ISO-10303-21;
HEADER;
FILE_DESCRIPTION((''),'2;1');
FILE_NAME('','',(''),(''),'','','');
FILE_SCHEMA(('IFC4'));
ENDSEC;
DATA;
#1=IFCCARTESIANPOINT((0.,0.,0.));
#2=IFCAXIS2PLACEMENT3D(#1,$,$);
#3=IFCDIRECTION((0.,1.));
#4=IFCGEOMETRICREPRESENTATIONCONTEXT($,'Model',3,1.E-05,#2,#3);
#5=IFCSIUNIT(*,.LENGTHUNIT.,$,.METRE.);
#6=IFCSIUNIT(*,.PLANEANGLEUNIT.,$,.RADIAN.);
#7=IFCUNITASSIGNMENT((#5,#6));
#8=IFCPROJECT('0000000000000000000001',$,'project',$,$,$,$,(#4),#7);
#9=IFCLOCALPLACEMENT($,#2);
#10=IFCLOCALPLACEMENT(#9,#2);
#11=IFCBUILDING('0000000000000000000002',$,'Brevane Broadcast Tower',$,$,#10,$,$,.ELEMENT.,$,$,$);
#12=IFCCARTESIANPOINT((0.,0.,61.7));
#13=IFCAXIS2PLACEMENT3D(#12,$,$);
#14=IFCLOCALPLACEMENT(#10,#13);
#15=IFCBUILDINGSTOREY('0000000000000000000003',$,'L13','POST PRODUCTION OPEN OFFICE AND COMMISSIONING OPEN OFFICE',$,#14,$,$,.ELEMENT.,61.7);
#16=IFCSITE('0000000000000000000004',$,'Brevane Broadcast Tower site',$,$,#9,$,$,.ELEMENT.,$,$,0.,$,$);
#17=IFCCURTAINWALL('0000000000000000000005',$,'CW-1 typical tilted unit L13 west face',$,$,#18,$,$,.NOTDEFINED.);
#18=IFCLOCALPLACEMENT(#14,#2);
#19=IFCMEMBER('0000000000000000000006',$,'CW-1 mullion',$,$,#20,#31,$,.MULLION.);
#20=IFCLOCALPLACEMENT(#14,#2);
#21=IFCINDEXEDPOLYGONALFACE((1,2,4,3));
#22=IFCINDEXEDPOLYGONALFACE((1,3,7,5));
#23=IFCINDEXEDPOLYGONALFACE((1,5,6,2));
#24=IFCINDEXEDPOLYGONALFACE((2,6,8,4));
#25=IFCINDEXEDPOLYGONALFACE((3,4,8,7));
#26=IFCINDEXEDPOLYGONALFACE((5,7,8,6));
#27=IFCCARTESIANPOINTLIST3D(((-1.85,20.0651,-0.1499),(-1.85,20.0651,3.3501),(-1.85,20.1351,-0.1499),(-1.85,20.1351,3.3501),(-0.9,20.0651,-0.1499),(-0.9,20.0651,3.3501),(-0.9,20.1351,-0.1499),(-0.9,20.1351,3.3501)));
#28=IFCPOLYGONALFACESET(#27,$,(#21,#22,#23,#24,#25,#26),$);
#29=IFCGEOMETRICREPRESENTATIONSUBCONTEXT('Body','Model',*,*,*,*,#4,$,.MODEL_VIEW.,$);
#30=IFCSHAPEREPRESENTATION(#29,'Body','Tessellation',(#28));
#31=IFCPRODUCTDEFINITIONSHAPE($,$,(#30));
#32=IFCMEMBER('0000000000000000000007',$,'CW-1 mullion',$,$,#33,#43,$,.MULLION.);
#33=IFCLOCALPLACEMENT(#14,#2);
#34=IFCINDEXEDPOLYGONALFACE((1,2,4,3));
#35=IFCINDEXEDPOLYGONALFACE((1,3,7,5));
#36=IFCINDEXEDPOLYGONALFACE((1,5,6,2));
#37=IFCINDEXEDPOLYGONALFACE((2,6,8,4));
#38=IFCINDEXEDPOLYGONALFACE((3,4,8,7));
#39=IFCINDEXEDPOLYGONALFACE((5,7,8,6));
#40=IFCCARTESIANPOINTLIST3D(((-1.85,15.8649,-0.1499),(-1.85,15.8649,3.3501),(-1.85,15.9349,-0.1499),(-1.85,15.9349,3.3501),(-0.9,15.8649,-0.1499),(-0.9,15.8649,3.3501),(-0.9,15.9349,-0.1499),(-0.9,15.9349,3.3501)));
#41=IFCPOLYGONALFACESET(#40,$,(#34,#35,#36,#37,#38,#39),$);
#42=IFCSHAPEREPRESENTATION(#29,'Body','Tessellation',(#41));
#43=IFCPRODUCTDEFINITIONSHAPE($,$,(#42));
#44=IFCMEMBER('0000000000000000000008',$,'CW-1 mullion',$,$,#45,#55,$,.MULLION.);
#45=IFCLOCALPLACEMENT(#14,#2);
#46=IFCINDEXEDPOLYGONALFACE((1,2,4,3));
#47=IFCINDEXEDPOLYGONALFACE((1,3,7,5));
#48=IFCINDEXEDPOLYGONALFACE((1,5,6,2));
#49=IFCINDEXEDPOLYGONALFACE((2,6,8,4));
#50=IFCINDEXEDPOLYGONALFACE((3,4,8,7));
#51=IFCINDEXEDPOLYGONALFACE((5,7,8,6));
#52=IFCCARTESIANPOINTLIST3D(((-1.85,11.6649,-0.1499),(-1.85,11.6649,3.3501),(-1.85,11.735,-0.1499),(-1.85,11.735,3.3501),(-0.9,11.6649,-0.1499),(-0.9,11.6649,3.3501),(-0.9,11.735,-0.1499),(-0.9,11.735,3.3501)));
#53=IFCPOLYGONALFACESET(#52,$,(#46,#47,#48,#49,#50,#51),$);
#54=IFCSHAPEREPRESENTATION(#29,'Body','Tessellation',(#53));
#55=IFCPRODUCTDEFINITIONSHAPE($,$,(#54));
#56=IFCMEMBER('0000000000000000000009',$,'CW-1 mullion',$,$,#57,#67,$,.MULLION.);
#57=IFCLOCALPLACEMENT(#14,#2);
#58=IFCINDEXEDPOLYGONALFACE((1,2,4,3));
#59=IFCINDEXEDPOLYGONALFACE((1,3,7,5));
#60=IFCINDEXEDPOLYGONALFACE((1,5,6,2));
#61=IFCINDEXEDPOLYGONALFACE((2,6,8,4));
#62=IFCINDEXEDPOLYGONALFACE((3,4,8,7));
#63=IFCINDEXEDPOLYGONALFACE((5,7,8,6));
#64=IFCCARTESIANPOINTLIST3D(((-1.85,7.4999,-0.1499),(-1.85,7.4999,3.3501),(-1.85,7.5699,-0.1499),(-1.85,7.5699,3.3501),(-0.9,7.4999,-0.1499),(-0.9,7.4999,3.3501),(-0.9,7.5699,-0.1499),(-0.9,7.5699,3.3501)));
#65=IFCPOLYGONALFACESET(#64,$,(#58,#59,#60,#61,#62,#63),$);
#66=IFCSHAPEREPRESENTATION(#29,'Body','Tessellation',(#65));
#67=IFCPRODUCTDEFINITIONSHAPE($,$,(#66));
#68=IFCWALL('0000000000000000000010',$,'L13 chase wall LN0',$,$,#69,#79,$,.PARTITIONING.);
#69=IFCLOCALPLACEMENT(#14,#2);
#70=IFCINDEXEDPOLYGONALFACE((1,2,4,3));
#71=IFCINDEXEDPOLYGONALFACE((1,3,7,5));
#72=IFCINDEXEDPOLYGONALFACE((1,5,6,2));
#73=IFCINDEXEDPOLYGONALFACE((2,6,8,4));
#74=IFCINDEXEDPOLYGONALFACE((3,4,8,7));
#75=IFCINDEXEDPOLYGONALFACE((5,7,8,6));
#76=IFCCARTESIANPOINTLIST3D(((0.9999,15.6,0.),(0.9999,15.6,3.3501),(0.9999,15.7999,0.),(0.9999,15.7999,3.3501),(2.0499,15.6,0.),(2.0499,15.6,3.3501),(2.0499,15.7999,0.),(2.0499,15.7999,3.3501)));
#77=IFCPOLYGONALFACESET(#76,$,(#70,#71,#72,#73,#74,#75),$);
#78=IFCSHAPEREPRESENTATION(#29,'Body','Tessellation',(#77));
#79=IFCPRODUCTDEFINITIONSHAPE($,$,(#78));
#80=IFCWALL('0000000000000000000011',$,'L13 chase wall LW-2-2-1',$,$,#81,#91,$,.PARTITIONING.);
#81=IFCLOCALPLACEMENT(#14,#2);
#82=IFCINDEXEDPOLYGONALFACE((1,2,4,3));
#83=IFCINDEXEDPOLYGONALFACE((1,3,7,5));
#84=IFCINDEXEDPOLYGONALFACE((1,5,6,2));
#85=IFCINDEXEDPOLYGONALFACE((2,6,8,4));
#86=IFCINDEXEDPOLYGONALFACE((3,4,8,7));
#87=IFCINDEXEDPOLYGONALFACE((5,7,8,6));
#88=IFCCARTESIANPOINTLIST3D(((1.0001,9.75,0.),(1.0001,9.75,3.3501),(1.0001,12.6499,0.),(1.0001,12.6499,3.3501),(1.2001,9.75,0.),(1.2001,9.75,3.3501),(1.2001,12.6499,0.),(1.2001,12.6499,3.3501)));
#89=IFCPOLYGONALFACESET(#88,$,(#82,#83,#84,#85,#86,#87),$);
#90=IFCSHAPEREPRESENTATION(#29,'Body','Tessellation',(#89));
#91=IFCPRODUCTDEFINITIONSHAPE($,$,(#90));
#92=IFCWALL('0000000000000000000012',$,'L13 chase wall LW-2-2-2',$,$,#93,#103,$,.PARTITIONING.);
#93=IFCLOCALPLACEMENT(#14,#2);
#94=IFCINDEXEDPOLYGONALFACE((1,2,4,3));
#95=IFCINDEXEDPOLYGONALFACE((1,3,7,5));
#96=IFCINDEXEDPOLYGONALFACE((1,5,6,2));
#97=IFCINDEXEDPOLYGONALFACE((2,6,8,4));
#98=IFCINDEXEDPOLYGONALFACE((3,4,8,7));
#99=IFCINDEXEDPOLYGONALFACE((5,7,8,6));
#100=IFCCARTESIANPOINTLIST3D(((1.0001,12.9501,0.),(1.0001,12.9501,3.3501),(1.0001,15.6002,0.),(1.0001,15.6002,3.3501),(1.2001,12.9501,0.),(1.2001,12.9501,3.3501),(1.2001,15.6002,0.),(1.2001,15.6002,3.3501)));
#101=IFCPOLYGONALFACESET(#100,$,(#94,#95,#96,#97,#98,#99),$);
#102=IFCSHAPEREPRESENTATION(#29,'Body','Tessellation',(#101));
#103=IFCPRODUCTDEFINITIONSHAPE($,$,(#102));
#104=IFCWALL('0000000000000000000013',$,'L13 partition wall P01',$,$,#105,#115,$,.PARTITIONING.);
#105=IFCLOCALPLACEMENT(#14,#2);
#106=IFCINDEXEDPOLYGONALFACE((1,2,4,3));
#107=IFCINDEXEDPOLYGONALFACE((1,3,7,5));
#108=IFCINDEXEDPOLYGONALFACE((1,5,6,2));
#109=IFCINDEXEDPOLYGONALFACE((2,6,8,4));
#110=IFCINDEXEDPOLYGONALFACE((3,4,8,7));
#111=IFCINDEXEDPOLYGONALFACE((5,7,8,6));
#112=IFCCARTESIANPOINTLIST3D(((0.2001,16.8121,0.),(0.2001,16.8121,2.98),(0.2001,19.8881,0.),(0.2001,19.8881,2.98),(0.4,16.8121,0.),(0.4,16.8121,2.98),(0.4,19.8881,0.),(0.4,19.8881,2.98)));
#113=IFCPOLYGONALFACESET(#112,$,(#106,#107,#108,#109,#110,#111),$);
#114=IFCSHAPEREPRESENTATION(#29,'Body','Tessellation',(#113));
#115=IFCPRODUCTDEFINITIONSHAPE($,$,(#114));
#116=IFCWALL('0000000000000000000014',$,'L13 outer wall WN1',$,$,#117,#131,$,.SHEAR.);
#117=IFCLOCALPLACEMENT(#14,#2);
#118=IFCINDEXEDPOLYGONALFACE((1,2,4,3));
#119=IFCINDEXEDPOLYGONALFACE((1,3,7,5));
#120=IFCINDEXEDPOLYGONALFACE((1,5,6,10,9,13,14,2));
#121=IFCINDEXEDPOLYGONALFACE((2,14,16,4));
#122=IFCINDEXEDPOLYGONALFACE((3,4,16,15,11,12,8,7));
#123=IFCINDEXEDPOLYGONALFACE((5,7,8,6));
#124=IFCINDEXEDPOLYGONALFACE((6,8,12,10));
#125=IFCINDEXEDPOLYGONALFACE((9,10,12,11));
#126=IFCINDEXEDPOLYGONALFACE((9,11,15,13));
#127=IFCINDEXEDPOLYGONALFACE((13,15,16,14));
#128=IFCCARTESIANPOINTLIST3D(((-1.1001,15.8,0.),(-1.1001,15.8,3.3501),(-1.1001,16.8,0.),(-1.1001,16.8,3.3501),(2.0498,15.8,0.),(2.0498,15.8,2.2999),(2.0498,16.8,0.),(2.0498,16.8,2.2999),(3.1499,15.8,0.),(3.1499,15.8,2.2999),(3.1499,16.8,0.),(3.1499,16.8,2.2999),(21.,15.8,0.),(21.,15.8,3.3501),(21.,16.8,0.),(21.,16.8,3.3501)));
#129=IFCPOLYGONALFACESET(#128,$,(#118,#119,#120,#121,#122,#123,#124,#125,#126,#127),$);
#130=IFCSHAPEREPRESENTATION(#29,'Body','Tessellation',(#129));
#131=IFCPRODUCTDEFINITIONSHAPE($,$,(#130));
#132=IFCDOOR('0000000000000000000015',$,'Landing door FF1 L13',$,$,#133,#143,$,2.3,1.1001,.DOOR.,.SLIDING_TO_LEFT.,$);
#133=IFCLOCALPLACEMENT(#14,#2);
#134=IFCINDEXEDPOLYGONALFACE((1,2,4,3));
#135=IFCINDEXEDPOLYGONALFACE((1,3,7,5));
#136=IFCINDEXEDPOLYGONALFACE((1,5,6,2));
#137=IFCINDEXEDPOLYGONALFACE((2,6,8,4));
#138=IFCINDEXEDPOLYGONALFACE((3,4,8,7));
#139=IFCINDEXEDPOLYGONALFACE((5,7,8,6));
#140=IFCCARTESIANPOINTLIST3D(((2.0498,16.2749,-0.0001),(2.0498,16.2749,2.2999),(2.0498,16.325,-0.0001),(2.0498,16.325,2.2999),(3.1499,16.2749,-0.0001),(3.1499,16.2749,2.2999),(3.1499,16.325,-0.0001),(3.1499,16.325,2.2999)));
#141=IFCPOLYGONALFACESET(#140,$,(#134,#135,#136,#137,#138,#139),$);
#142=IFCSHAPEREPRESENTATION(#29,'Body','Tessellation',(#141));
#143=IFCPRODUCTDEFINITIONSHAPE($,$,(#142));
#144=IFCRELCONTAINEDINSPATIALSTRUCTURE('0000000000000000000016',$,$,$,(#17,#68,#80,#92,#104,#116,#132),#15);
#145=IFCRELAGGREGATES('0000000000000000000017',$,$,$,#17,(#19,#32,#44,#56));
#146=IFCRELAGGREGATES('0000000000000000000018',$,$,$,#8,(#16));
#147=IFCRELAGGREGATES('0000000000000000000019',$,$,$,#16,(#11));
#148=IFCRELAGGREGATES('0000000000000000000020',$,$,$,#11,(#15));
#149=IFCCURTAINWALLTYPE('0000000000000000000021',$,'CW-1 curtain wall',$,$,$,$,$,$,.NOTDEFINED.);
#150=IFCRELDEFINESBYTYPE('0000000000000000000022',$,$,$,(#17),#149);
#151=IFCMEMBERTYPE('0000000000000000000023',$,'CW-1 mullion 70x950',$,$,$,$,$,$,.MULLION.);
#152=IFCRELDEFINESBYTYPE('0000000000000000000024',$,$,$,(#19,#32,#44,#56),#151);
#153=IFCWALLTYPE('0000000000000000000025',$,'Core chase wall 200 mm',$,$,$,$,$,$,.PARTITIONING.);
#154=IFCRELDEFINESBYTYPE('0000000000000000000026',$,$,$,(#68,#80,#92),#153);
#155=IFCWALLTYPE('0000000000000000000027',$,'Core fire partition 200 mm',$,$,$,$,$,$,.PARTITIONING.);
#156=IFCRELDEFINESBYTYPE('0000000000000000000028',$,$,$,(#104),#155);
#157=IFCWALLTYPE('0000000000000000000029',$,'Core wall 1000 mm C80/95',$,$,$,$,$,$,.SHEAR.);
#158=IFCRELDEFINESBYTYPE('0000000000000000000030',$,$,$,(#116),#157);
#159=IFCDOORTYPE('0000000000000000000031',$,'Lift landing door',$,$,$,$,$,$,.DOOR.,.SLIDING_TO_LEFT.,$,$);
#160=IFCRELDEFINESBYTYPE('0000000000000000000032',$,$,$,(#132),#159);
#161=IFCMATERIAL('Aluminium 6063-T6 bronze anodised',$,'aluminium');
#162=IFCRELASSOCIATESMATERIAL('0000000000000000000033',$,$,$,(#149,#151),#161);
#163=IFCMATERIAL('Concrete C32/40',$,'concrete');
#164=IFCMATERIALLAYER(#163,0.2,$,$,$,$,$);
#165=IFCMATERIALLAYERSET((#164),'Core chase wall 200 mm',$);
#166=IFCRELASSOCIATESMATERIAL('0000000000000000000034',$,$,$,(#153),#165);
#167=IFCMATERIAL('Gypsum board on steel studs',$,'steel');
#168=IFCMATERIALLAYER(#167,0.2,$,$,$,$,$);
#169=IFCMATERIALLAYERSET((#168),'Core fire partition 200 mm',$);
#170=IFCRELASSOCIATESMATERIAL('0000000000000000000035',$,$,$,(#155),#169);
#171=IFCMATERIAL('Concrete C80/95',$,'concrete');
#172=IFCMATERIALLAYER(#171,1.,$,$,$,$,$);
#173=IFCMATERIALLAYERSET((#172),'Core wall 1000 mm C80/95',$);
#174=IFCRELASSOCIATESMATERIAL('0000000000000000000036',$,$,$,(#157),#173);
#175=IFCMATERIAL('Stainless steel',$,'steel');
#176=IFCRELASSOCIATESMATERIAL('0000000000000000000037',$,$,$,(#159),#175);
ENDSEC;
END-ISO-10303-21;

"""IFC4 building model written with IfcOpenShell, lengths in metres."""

from ifc_helpers import new_model, si_unit, direction, frame, frame_2d, origin, origin_2d, place, context, subcontext, project, spatial, rectangle, extrude, material, layer, layer_set, material_profile, profile_set, type_object, element, fill, aggregate, save


model = new_model("IFC4")

# Units and contexts
model_context = context("Model", 3, precision=1e-05, world=origin(), true_north=direction((0.0, 1.0)))
body_context = subcontext(model_context, "Body", "Model", "MODEL_VIEW")
ifc_project = project(units=[si_unit("LENGTHUNIT", "METRE"), si_unit("PLANEANGLEUNIT", "RADIAN")], contexts=[model_context])

# Site, building, storey
site_placement = place(None, origin())
site = spatial("IfcSite", under=ifc_project, at=site_placement, Name="Brevane Broadcast Tower site", CompositionType="ELEMENT", RefElevation=0.0)
building_placement = place(site_placement, origin())
building = spatial("IfcBuilding", under=site, at=building_placement, Name="Brevane Broadcast Tower", CompositionType="ELEMENT")
storey_placement = place(building_placement, frame((0.0, 0.0, 61.7)))
storey = spatial("IfcBuildingStorey", under=building, at=storey_placement, Name="L13", Description="POST PRODUCTION OPEN OFFICE AND COMMISSIONING OPEN OFFICE", CompositionType="ELEMENT", Elevation=61.7)

# Curtain wall, members
ifc_material_1 = material(Name="Aluminium 6063-T6 bronze anodised", Category="aluminium")
curtain_wall_type = type_object("IfcCurtainWallType", Name="CW-1 curtain wall", PredefinedType="NOTDEFINED", material=ifc_material_1)
curtain_wall_placement = place(storey_placement, origin())
curtain_wall = element("IfcCurtainWall", 1, at=curtain_wall_placement, inside=storey, type_object=curtain_wall_type, Name="CW-1 typical tilted unit L13 west face", PredefinedType="NOTDEFINED")
ifc_material_profile = material_profile(ifc_material_1, rectangle(XDim=0.95, YDim=0.0701, at=origin_2d()), Name="RECT 70x950")
ifc_profile_set = profile_set([ifc_material_profile], Name="Aluminium 6063-T6 bronze anodised")
member_type = type_object("IfcMemberType", Name="CW-1 mullion 70x950", PredefinedType="MULLION", material=ifc_profile_set)
member_1_placement = place(storey_placement, frame((-1.375, 20.1001, -0.1499), z_axis=(0.0, 0.0, 1.0), x_axis=(1.0, 0.0, 0.0)))
member_1 = element("IfcMember", 2, at=member_1_placement, type_object=member_type, Name="CW-1 mullion", PredefinedType="MULLION", context=body_context, shape_type="SweptSolid", body=[
    extrude(rectangle(XDim=0.95, YDim=0.0701, at=origin_2d()), origin(), (0.0, 0.0, 1.0), 3.5),
])
member_2_placement = place(storey_placement, frame((-1.375, 15.8999, -0.1499), z_axis=(0.0, 0.0, 1.0), x_axis=(1.0, 0.0, 0.0)))
member_2 = element("IfcMember", 3, at=member_2_placement, type_object=member_type, Name="CW-1 mullion", PredefinedType="MULLION", context=body_context, shape_type="SweptSolid", body=[
    extrude(rectangle(XDim=0.95, YDim=0.0701, at=origin_2d()), origin(), (0.0, 0.0, 1.0), 3.5),
])
member_3_placement = place(storey_placement, frame((-1.375, 11.7, -0.1499), z_axis=(0.0, 0.0, 1.0), x_axis=(1.0, 0.0, 0.0)))
member_3 = element("IfcMember", 4, at=member_3_placement, type_object=member_type, Name="CW-1 mullion", PredefinedType="MULLION", context=body_context, shape_type="SweptSolid", body=[
    extrude(rectangle(XDim=0.95, YDim=0.0701, at=origin_2d()), origin(), (0.0, 0.0, 1.0), 3.5),
])
member_4_placement = place(storey_placement, frame((-1.375, 7.5349, -0.1499), z_axis=(0.0, 0.0, 1.0), x_axis=(1.0, 0.0, 0.0)))
member_4 = element("IfcMember", 5, at=member_4_placement, type_object=member_type, Name="CW-1 mullion", PredefinedType="MULLION", context=body_context, shape_type="SweptSolid", body=[
    extrude(rectangle(XDim=0.95, YDim=0.0701, at=origin_2d()), origin(), (0.0, 0.0, 1.0), 3.5),
])
aggregate(curtain_wall, [member_1, member_2, member_3, member_4])

# Walls
ifc_material_2 = material(Name="Concrete C32/40", Category="concrete")
ifc_layer_1 = layer(ifc_material_2, 0.2)
ifc_layer_set_1 = layer_set([ifc_layer_1], Name="Core chase wall 200 mm")
wall_type_1 = type_object("IfcWallType", Name="Core chase wall 200 mm", PredefinedType="PARTITIONING", material=ifc_layer_set_1)
wall_1_placement = place(storey_placement, frame((1.0, 15.7, 0.0), z_axis=(0.0, 0.0, 1.0), x_axis=(1.0, 0.0, 0.0)))
element("IfcWall", 6, at=wall_1_placement, inside=storey, type_object=wall_type_1, Name="L13 chase wall LN0", PredefinedType="PARTITIONING", context=body_context, shape_type="SweptSolid", body=[
    extrude(rectangle(XDim=1.05, YDim=0.2, at=frame_2d((0.5249, 0.0))), origin(), (0.0, 0.0, 1.0), 3.3501),
])
wall_2_placement = place(storey_placement, frame((1.1001, 9.75, 0.0), z_axis=(0.0, 0.0, 1.0), x_axis=(0.0, 1.0, 0.0)))
element("IfcWall", 7, at=wall_2_placement, inside=storey, type_object=wall_type_1, Name="L13 chase wall LW-2-2-1", PredefinedType="PARTITIONING", context=body_context, shape_type="SweptSolid", body=[
    extrude(rectangle(XDim=2.8999, YDim=0.2, at=frame_2d((1.45, 0.0))), origin(), (0.0, 0.0, 1.0), 3.3501),
])
wall_3_placement = place(storey_placement, frame((1.1001, 12.95, 0.0), z_axis=(0.0, 0.0, 1.0), x_axis=(0.0, 1.0, 0.0)))
element("IfcWall", 8, at=wall_3_placement, inside=storey, type_object=wall_type_1, Name="L13 chase wall LW-2-2-2", PredefinedType="PARTITIONING", context=body_context, shape_type="SweptSolid", body=[
    extrude(rectangle(XDim=2.6501, YDim=0.2, at=frame_2d((1.3252, 0.0))), origin(), (0.0, 0.0, 1.0), 3.3501),
])
ifc_material_3 = material(Name="Gypsum board on steel studs", Category="steel")
ifc_layer_2 = layer(ifc_material_3, 0.2)
ifc_layer_set_2 = layer_set([ifc_layer_2], Name="Core fire partition 200 mm")
wall_type_2 = type_object("IfcWallType", Name="Core fire partition 200 mm", PredefinedType="PARTITIONING", material=ifc_layer_set_2)
wall_4_placement = place(storey_placement, frame((0.3, 16.812, 0.0), z_axis=(0.0, 0.0, 1.0), x_axis=(0.0, 1.0, 0.0)))
element("IfcWall", 9, at=wall_4_placement, inside=storey, type_object=wall_type_2, Name="L13 partition wall P01", PredefinedType="PARTITIONING", context=body_context, shape_type="SweptSolid", body=[
    extrude(rectangle(XDim=3.0759, YDim=0.2, at=frame_2d((1.5381, 0.0))), origin(), (0.0, 0.0, 1.0), 2.98),
])

# Wall, opening, door
ifc_material_4 = material(Name="Concrete C80/95", Category="concrete")
ifc_layer_3 = layer(ifc_material_4, 1.0)
ifc_layer_set_3 = layer_set([ifc_layer_3], Name="Core wall 1000 mm C80/95")
wall_type_3 = type_object("IfcWallType", Name="Core wall 1000 mm C80/95", PredefinedType="SHEAR", material=ifc_layer_set_3)
wall_5_placement = place(storey_placement, frame((-1.1001, 16.3, 0.0), z_axis=(0.0, 0.0, 1.0), x_axis=(1.0, 0.0, 0.0)))
wall_5 = element("IfcWall", 10, at=wall_5_placement, inside=storey, type_object=wall_type_3, Name="L13 outer wall WN1", PredefinedType="SHEAR", context=body_context, shape_type="SweptSolid", body=[
    extrude(rectangle(XDim=22.1001, YDim=1.0, at=frame_2d((11.05, 0.0))), origin(), (0.0, 0.0, 1.0), 3.3501),
])
opening_1_placement = place(wall_5_placement, frame((3.1499, 0.0, 0.0)))
opening_1 = element("IfcOpeningElement", 11, at=opening_1_placement, cuts=wall_5, PredefinedType="OPENING", context=body_context, shape_type="SweptSolid", body=[
    extrude(rectangle(XDim=1.1001, YDim=2.3, at=frame_2d((0.55, 1.1499))), frame((0.0, 0.51, 0.0), z_axis=(0.0, -1.0, 0.0), x_axis=(1.0, 0.0, 0.0)), (0.0, 0.0, 1.0), 1.02),
])
ifc_material_5 = material(Name="Stainless steel", Category="steel")
door_type = type_object("IfcDoorType", Name="Lift landing door", OperationType="SLIDING_TO_LEFT", PredefinedType="DOOR", material=ifc_material_5)
door_1_placement = place(opening_1_placement, origin())
door_1 = element("IfcDoor", 12, at=door_1_placement, inside=storey, type_object=door_type, Name="Landing door FF1 L13", OperationType="SLIDING_TO_LEFT", OverallHeight=2.3, OverallWidth=1.1001, PredefinedType="DOOR", context=body_context, shape_type="SweptSolid", body=[
    extrude(rectangle(XDim=1.1001, YDim=2.3, at=frame_2d((0.55, 1.1499))), frame((0.0, 0.0249, 0.0), z_axis=(0.0, -1.0, 0.0), x_axis=(1.0, 0.0, 0.0)), (0.0, 0.0, 1.0), 0.05),
])
fill(opening_1, door_1)

save(model, "model.ifc")
